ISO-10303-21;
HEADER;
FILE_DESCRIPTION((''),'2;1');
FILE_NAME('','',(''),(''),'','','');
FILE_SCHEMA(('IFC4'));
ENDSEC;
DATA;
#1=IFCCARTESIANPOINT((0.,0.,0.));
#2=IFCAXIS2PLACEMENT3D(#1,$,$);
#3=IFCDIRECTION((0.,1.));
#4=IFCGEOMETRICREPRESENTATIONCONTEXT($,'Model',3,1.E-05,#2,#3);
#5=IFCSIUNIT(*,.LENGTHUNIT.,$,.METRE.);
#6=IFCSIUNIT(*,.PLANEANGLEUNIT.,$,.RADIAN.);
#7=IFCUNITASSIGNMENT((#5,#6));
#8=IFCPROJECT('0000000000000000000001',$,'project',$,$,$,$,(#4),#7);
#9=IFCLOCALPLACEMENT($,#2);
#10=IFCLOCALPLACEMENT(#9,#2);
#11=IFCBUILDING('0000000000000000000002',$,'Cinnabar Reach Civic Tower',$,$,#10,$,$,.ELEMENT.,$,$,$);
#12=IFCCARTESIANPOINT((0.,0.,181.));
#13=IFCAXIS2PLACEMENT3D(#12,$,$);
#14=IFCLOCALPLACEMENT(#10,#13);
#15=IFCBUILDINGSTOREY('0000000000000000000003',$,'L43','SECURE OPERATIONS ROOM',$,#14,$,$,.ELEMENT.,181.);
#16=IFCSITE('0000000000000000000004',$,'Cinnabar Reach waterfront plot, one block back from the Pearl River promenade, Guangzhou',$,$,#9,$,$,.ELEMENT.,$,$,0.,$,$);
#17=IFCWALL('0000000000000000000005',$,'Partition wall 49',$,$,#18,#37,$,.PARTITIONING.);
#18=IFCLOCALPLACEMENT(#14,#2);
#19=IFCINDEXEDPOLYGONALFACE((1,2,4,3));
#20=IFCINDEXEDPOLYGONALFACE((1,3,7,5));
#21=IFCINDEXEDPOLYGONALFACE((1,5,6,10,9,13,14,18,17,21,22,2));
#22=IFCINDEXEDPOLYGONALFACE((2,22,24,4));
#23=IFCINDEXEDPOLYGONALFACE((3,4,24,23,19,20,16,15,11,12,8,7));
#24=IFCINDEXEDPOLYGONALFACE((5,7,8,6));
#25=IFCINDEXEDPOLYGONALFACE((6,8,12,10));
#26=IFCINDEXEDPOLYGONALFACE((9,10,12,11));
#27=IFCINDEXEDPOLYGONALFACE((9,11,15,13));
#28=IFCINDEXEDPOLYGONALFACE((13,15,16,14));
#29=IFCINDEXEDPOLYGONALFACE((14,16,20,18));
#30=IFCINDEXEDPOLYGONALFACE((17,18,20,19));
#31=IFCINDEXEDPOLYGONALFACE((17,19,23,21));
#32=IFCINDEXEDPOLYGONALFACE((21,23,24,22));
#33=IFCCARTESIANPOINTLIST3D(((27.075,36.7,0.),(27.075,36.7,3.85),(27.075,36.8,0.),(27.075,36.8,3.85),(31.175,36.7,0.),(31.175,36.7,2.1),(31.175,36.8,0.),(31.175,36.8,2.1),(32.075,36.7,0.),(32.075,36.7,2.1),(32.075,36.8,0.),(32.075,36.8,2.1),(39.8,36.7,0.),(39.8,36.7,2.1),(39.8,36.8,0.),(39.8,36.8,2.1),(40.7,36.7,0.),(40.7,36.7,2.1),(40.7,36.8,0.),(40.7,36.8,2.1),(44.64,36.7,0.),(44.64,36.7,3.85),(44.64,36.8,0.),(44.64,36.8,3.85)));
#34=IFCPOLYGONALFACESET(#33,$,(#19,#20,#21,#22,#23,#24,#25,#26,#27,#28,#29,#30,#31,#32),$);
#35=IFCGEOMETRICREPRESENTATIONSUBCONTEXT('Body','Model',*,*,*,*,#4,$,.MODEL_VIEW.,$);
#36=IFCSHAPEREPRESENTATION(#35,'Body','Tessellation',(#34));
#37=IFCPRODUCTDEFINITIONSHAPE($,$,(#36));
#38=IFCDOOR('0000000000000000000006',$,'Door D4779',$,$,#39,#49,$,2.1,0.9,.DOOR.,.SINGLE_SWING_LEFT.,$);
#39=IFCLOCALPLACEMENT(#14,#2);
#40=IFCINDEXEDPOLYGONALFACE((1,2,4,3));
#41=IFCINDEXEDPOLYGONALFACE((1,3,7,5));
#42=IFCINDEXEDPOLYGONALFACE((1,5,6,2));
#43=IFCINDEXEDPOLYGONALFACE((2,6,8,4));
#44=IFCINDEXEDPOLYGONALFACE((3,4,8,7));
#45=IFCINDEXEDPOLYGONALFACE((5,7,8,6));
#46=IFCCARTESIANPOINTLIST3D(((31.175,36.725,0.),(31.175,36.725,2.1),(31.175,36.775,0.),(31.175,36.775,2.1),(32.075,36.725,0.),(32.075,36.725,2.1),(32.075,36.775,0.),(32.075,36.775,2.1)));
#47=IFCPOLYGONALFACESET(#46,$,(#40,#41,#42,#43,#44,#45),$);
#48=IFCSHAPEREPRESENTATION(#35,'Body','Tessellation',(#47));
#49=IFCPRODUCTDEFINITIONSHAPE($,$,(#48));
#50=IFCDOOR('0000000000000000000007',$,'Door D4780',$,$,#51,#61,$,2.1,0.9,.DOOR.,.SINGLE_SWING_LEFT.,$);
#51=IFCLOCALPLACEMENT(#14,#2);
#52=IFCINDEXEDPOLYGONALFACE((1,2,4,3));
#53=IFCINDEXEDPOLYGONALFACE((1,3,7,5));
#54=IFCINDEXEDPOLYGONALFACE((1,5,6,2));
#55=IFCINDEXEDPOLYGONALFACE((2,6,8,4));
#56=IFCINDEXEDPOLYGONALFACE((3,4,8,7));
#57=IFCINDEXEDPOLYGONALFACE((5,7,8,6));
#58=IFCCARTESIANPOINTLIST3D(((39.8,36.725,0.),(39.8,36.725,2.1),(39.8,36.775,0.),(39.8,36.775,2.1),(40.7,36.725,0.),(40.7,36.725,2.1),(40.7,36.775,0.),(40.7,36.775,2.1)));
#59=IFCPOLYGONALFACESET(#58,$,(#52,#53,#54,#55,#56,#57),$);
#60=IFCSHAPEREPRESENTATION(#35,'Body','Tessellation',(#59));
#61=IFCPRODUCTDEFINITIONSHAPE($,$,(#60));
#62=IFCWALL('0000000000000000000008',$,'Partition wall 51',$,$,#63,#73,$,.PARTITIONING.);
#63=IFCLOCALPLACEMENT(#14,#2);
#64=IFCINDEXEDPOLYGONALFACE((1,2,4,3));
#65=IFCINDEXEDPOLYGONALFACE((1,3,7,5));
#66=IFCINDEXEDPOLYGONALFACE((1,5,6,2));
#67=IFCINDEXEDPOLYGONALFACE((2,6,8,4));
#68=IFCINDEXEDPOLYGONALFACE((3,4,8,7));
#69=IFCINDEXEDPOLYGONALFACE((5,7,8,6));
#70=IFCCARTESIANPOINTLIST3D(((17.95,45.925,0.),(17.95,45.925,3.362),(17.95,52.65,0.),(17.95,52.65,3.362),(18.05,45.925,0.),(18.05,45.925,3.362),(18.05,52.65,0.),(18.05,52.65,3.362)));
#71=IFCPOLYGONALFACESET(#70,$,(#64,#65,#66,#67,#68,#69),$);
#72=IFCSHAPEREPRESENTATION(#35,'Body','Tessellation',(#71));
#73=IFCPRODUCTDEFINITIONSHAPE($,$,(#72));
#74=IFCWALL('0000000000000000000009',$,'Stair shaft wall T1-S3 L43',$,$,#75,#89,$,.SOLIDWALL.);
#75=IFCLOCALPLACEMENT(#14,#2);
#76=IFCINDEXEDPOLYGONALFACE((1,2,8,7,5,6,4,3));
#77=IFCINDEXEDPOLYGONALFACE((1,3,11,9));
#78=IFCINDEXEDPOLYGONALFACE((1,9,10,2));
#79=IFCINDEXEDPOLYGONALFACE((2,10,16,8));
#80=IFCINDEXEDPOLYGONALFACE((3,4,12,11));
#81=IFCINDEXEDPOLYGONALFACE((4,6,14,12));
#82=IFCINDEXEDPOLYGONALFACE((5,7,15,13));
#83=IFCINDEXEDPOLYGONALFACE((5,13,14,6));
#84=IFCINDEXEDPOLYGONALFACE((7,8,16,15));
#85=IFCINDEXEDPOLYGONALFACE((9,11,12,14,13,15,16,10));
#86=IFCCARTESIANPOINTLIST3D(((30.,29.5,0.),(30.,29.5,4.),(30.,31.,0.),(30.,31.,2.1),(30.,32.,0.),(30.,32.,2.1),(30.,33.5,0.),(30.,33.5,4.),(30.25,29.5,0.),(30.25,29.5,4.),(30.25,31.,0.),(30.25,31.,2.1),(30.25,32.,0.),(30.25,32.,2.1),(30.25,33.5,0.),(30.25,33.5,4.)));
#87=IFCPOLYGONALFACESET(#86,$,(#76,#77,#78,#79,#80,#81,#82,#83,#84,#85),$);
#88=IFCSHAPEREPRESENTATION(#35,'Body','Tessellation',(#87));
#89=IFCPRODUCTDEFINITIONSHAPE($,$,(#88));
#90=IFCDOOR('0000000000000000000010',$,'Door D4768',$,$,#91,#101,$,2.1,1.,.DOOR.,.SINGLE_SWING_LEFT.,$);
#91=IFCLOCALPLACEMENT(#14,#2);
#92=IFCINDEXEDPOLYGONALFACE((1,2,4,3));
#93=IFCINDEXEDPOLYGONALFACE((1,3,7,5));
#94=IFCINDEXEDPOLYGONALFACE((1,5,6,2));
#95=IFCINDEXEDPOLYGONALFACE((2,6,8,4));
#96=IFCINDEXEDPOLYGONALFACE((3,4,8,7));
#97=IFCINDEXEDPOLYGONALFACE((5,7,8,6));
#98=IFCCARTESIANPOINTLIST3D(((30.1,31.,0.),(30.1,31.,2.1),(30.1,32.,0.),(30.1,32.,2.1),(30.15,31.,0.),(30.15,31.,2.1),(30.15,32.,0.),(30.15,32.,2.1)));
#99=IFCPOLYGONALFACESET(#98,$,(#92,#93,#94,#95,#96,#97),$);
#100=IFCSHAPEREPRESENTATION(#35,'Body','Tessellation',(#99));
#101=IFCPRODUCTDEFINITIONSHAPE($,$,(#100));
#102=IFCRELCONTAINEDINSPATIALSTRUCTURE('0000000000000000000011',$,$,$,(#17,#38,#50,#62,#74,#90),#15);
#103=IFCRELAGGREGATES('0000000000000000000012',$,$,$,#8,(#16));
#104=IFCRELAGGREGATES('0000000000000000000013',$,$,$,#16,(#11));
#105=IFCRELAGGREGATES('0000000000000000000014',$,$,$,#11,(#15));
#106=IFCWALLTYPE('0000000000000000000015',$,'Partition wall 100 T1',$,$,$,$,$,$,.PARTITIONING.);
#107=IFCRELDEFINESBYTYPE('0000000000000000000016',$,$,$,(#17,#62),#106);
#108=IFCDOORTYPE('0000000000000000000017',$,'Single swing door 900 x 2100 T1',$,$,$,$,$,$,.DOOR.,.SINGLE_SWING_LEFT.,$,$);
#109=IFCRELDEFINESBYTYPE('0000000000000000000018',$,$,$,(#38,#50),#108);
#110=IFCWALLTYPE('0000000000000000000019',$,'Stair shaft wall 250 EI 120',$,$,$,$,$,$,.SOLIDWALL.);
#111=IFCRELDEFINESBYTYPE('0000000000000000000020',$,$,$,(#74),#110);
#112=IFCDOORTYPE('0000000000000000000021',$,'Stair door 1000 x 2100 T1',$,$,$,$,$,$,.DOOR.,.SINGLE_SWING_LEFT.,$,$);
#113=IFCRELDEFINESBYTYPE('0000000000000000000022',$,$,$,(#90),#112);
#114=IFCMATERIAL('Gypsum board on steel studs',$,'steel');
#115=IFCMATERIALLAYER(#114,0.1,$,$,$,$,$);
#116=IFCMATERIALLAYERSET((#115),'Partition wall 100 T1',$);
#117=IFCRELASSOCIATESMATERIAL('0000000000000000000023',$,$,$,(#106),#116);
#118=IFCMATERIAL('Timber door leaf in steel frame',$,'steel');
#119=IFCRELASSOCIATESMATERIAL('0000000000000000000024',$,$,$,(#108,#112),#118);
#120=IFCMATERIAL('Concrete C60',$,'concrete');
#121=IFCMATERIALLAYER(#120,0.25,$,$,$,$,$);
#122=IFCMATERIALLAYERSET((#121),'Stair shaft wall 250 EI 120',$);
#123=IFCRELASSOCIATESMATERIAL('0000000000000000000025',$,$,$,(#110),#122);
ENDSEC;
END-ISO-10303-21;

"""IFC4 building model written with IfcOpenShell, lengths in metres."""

from ifc_helpers import new_model, si_unit, direction, frame, frame_2d, origin, place, context, subcontext, project, spatial, rectangle, extrude, material, layer, layer_set, type_object, element, fill, save


model = new_model("IFC4")

# Units and contexts
model_context = context("Model", 3, precision=1e-05, world=origin(), true_north=direction((0.0, 1.0)))
body_context = subcontext(model_context, "Body", "Model", "MODEL_VIEW")
ifc_project = project(units=[si_unit("LENGTHUNIT", "METRE"), si_unit("PLANEANGLEUNIT", "RADIAN")], contexts=[model_context])

# Site, building, storey
site_placement = place(None, origin())
site = spatial("IfcSite", under=ifc_project, at=site_placement, Name="Cinnabar Reach waterfront plot, one block back from the Pearl River promenade, Guangzhou", CompositionType="ELEMENT", RefElevation=0.0)
building_placement = place(site_placement, origin())
building = spatial("IfcBuilding", under=site, at=building_placement, Name="Cinnabar Reach Civic Tower", CompositionType="ELEMENT")
storey_placement = place(building_placement, frame((0.0, 0.0, 181.0)))
storey = spatial("IfcBuildingStorey", under=building, at=storey_placement, Name="L43", Description="SECURE OPERATIONS ROOM", CompositionType="ELEMENT", Elevation=181.0)

# Shared definitions
ifc_material_1 = material(Name="Timber door leaf in steel frame", Category="steel")

# Wall, openings, doors
ifc_material_2 = material(Name="Gypsum board on steel studs", Category="steel")
ifc_layer_1 = layer(ifc_material_2, 0.1)
ifc_layer_set_1 = layer_set([ifc_layer_1], Name="Partition wall 100 T1")
wall_type_1 = type_object("IfcWallType", Name="Partition wall 100 T1", PredefinedType="PARTITIONING", material=ifc_layer_set_1)
wall_1_placement = place(storey_placement, frame((27.075, 36.75, 0.0), z_axis=(0.0, 0.0, 1.0), x_axis=(1.0, 0.0, 0.0)))
wall_1 = element("IfcWall", 1, at=wall_1_placement, inside=storey, type_object=wall_type_1, Name="Partition wall 49", PredefinedType="PARTITIONING", context=body_context, shape_type="SweptSolid", body=[
    extrude(rectangle(XDim=17.565, YDim=0.1, at=frame_2d((8.7825, 0.0))), origin(), (0.0, 0.0, 1.0), 3.85),
])
opening_1_placement = place(wall_1_placement, frame((4.1, 0.0, 0.0)))
opening_1 = element("IfcOpeningElement", 2, at=opening_1_placement, cuts=wall_1, PredefinedType="OPENING", context=body_context, shape_type="SweptSolid", body=[
    extrude(rectangle(XDim=0.9, YDim=2.1, at=frame_2d((0.45, 1.05))), frame((0.0, 0.06, 0.0), z_axis=(0.0, -1.0, 0.0), x_axis=(1.0, 0.0, 0.0)), (0.0, 0.0, 1.0), 0.12),
])
opening_2_placement = place(wall_1_placement, frame((12.725, 0.0, 0.0)))
opening_2 = element("IfcOpeningElement", 3, at=opening_2_placement, cuts=wall_1, PredefinedType="OPENING", context=body_context, shape_type="SweptSolid", body=[
    extrude(rectangle(XDim=0.9, YDim=2.1, at=frame_2d((0.45, 1.05))), frame((0.0, 0.06, 0.0), z_axis=(0.0, -1.0, 0.0), x_axis=(1.0, 0.0, 0.0)), (0.0, 0.0, 1.0), 0.12),
])
door_type_1 = type_object("IfcDoorType", Name="Single swing door 900 x 2100 T1", OperationType="SINGLE_SWING_LEFT", PredefinedType="DOOR", material=ifc_material_1)
door_1_placement = place(opening_1_placement, origin())
door_1 = element("IfcDoor", 4, at=door_1_placement, inside=storey, type_object=door_type_1, Name="Door D4779", OperationType="SINGLE_SWING_LEFT", OverallHeight=2.1, OverallWidth=0.9, PredefinedType="DOOR", context=body_context, shape_type="SweptSolid", body=[
    extrude(rectangle(XDim=0.9, YDim=2.1, at=frame_2d((0.45, 1.05))), frame((0.0, 0.025, 0.0), z_axis=(0.0, -1.0, 0.0), x_axis=(1.0, 0.0, 0.0)), (0.0, 0.0, 1.0), 0.05),
])
fill(opening_1, door_1)
door_2_placement = place(opening_2_placement, origin())
door_2 = element("IfcDoor", 5, at=door_2_placement, inside=storey, type_object=door_type_1, Name="Door D4780", OperationType="SINGLE_SWING_LEFT", OverallHeight=2.1, OverallWidth=0.9, PredefinedType="DOOR", context=body_context, shape_type="SweptSolid", body=[
    extrude(rectangle(XDim=0.9, YDim=2.1, at=frame_2d((0.45, 1.05))), frame((0.0, 0.025, 0.0), z_axis=(0.0, -1.0, 0.0), x_axis=(1.0, 0.0, 0.0)), (0.0, 0.0, 1.0), 0.05),
])
fill(opening_2, door_2)

# Wall
wall_2_placement = place(storey_placement, frame((18.0, 45.925, 0.0), z_axis=(0.0, 0.0, 1.0), x_axis=(0.0, 1.0, 0.0)))
element("IfcWall", 6, at=wall_2_placement, inside=storey, type_object=wall_type_1, Name="Partition wall 51", PredefinedType="PARTITIONING", context=body_context, shape_type="SweptSolid", body=[
    extrude(rectangle(XDim=6.725, YDim=0.1, at=frame_2d((3.3625, 0.0))), origin(), (0.0, 0.0, 1.0), 3.362),
])

# Wall, opening, door
ifc_material_3 = material(Name="Concrete C60", Category="concrete")
ifc_layer_2 = layer(ifc_material_3, 0.25)
ifc_layer_set_2 = layer_set([ifc_layer_2], Name="Stair shaft wall 250 EI 120")
wall_type_2 = type_object("IfcWallType", Name="Stair shaft wall 250 EI 120", PredefinedType="SOLIDWALL", material=ifc_layer_set_2)
wall_3_placement = place(storey_placement, frame((30.125, 33.5, 0.0), z_axis=(0.0, 0.0, 1.0), x_axis=(0.0, -1.0, 0.0)))
wall_3 = element("IfcWall", 7, at=wall_3_placement, inside=storey, type_object=wall_type_2, Name="Stair shaft wall T1-S3 L43", PredefinedType="SOLIDWALL", context=body_context, shape_type="SweptSolid", body=[
    extrude(rectangle(XDim=4.0, YDim=0.25, at=frame_2d((2.0, 0.0))), origin(), (0.0, 0.0, 1.0), 4.0),
])
opening_3_placement = place(wall_3_placement, frame((1.5, 0.0, 0.0)))
opening_3 = element("IfcOpeningElement", 8, at=opening_3_placement, cuts=wall_3, PredefinedType="OPENING", context=body_context, shape_type="SweptSolid", body=[
    extrude(rectangle(XDim=1.0, YDim=2.1, at=frame_2d((0.5, 1.05))), frame((0.0, 0.135, 0.0), z_axis=(0.0, -1.0, 0.0), x_axis=(1.0, 0.0, 0.0)), (0.0, 0.0, 1.0), 0.27),
])
door_type_2 = type_object("IfcDoorType", Name="Stair door 1000 x 2100 T1", OperationType="SINGLE_SWING_LEFT", PredefinedType="DOOR", material=ifc_material_1)
door_3_placement = place(opening_3_placement, origin())
door_3 = element("IfcDoor", 9, at=door_3_placement, inside=storey, type_object=door_type_2, Name="Door D4768", OperationType="SINGLE_SWING_LEFT", OverallHeight=2.1, OverallWidth=1.0, PredefinedType="DOOR", context=body_context, shape_type="SweptSolid", body=[
    extrude(rectangle(XDim=1.0, YDim=2.1, at=frame_2d((0.5, 1.05))), frame((0.0, 0.025, 0.0), z_axis=(0.0, -1.0, 0.0), x_axis=(1.0, 0.0, 0.0)), (0.0, 0.0, 1.0), 0.05),
])
fill(opening_3, door_3)

save(model, "model.ifc")
